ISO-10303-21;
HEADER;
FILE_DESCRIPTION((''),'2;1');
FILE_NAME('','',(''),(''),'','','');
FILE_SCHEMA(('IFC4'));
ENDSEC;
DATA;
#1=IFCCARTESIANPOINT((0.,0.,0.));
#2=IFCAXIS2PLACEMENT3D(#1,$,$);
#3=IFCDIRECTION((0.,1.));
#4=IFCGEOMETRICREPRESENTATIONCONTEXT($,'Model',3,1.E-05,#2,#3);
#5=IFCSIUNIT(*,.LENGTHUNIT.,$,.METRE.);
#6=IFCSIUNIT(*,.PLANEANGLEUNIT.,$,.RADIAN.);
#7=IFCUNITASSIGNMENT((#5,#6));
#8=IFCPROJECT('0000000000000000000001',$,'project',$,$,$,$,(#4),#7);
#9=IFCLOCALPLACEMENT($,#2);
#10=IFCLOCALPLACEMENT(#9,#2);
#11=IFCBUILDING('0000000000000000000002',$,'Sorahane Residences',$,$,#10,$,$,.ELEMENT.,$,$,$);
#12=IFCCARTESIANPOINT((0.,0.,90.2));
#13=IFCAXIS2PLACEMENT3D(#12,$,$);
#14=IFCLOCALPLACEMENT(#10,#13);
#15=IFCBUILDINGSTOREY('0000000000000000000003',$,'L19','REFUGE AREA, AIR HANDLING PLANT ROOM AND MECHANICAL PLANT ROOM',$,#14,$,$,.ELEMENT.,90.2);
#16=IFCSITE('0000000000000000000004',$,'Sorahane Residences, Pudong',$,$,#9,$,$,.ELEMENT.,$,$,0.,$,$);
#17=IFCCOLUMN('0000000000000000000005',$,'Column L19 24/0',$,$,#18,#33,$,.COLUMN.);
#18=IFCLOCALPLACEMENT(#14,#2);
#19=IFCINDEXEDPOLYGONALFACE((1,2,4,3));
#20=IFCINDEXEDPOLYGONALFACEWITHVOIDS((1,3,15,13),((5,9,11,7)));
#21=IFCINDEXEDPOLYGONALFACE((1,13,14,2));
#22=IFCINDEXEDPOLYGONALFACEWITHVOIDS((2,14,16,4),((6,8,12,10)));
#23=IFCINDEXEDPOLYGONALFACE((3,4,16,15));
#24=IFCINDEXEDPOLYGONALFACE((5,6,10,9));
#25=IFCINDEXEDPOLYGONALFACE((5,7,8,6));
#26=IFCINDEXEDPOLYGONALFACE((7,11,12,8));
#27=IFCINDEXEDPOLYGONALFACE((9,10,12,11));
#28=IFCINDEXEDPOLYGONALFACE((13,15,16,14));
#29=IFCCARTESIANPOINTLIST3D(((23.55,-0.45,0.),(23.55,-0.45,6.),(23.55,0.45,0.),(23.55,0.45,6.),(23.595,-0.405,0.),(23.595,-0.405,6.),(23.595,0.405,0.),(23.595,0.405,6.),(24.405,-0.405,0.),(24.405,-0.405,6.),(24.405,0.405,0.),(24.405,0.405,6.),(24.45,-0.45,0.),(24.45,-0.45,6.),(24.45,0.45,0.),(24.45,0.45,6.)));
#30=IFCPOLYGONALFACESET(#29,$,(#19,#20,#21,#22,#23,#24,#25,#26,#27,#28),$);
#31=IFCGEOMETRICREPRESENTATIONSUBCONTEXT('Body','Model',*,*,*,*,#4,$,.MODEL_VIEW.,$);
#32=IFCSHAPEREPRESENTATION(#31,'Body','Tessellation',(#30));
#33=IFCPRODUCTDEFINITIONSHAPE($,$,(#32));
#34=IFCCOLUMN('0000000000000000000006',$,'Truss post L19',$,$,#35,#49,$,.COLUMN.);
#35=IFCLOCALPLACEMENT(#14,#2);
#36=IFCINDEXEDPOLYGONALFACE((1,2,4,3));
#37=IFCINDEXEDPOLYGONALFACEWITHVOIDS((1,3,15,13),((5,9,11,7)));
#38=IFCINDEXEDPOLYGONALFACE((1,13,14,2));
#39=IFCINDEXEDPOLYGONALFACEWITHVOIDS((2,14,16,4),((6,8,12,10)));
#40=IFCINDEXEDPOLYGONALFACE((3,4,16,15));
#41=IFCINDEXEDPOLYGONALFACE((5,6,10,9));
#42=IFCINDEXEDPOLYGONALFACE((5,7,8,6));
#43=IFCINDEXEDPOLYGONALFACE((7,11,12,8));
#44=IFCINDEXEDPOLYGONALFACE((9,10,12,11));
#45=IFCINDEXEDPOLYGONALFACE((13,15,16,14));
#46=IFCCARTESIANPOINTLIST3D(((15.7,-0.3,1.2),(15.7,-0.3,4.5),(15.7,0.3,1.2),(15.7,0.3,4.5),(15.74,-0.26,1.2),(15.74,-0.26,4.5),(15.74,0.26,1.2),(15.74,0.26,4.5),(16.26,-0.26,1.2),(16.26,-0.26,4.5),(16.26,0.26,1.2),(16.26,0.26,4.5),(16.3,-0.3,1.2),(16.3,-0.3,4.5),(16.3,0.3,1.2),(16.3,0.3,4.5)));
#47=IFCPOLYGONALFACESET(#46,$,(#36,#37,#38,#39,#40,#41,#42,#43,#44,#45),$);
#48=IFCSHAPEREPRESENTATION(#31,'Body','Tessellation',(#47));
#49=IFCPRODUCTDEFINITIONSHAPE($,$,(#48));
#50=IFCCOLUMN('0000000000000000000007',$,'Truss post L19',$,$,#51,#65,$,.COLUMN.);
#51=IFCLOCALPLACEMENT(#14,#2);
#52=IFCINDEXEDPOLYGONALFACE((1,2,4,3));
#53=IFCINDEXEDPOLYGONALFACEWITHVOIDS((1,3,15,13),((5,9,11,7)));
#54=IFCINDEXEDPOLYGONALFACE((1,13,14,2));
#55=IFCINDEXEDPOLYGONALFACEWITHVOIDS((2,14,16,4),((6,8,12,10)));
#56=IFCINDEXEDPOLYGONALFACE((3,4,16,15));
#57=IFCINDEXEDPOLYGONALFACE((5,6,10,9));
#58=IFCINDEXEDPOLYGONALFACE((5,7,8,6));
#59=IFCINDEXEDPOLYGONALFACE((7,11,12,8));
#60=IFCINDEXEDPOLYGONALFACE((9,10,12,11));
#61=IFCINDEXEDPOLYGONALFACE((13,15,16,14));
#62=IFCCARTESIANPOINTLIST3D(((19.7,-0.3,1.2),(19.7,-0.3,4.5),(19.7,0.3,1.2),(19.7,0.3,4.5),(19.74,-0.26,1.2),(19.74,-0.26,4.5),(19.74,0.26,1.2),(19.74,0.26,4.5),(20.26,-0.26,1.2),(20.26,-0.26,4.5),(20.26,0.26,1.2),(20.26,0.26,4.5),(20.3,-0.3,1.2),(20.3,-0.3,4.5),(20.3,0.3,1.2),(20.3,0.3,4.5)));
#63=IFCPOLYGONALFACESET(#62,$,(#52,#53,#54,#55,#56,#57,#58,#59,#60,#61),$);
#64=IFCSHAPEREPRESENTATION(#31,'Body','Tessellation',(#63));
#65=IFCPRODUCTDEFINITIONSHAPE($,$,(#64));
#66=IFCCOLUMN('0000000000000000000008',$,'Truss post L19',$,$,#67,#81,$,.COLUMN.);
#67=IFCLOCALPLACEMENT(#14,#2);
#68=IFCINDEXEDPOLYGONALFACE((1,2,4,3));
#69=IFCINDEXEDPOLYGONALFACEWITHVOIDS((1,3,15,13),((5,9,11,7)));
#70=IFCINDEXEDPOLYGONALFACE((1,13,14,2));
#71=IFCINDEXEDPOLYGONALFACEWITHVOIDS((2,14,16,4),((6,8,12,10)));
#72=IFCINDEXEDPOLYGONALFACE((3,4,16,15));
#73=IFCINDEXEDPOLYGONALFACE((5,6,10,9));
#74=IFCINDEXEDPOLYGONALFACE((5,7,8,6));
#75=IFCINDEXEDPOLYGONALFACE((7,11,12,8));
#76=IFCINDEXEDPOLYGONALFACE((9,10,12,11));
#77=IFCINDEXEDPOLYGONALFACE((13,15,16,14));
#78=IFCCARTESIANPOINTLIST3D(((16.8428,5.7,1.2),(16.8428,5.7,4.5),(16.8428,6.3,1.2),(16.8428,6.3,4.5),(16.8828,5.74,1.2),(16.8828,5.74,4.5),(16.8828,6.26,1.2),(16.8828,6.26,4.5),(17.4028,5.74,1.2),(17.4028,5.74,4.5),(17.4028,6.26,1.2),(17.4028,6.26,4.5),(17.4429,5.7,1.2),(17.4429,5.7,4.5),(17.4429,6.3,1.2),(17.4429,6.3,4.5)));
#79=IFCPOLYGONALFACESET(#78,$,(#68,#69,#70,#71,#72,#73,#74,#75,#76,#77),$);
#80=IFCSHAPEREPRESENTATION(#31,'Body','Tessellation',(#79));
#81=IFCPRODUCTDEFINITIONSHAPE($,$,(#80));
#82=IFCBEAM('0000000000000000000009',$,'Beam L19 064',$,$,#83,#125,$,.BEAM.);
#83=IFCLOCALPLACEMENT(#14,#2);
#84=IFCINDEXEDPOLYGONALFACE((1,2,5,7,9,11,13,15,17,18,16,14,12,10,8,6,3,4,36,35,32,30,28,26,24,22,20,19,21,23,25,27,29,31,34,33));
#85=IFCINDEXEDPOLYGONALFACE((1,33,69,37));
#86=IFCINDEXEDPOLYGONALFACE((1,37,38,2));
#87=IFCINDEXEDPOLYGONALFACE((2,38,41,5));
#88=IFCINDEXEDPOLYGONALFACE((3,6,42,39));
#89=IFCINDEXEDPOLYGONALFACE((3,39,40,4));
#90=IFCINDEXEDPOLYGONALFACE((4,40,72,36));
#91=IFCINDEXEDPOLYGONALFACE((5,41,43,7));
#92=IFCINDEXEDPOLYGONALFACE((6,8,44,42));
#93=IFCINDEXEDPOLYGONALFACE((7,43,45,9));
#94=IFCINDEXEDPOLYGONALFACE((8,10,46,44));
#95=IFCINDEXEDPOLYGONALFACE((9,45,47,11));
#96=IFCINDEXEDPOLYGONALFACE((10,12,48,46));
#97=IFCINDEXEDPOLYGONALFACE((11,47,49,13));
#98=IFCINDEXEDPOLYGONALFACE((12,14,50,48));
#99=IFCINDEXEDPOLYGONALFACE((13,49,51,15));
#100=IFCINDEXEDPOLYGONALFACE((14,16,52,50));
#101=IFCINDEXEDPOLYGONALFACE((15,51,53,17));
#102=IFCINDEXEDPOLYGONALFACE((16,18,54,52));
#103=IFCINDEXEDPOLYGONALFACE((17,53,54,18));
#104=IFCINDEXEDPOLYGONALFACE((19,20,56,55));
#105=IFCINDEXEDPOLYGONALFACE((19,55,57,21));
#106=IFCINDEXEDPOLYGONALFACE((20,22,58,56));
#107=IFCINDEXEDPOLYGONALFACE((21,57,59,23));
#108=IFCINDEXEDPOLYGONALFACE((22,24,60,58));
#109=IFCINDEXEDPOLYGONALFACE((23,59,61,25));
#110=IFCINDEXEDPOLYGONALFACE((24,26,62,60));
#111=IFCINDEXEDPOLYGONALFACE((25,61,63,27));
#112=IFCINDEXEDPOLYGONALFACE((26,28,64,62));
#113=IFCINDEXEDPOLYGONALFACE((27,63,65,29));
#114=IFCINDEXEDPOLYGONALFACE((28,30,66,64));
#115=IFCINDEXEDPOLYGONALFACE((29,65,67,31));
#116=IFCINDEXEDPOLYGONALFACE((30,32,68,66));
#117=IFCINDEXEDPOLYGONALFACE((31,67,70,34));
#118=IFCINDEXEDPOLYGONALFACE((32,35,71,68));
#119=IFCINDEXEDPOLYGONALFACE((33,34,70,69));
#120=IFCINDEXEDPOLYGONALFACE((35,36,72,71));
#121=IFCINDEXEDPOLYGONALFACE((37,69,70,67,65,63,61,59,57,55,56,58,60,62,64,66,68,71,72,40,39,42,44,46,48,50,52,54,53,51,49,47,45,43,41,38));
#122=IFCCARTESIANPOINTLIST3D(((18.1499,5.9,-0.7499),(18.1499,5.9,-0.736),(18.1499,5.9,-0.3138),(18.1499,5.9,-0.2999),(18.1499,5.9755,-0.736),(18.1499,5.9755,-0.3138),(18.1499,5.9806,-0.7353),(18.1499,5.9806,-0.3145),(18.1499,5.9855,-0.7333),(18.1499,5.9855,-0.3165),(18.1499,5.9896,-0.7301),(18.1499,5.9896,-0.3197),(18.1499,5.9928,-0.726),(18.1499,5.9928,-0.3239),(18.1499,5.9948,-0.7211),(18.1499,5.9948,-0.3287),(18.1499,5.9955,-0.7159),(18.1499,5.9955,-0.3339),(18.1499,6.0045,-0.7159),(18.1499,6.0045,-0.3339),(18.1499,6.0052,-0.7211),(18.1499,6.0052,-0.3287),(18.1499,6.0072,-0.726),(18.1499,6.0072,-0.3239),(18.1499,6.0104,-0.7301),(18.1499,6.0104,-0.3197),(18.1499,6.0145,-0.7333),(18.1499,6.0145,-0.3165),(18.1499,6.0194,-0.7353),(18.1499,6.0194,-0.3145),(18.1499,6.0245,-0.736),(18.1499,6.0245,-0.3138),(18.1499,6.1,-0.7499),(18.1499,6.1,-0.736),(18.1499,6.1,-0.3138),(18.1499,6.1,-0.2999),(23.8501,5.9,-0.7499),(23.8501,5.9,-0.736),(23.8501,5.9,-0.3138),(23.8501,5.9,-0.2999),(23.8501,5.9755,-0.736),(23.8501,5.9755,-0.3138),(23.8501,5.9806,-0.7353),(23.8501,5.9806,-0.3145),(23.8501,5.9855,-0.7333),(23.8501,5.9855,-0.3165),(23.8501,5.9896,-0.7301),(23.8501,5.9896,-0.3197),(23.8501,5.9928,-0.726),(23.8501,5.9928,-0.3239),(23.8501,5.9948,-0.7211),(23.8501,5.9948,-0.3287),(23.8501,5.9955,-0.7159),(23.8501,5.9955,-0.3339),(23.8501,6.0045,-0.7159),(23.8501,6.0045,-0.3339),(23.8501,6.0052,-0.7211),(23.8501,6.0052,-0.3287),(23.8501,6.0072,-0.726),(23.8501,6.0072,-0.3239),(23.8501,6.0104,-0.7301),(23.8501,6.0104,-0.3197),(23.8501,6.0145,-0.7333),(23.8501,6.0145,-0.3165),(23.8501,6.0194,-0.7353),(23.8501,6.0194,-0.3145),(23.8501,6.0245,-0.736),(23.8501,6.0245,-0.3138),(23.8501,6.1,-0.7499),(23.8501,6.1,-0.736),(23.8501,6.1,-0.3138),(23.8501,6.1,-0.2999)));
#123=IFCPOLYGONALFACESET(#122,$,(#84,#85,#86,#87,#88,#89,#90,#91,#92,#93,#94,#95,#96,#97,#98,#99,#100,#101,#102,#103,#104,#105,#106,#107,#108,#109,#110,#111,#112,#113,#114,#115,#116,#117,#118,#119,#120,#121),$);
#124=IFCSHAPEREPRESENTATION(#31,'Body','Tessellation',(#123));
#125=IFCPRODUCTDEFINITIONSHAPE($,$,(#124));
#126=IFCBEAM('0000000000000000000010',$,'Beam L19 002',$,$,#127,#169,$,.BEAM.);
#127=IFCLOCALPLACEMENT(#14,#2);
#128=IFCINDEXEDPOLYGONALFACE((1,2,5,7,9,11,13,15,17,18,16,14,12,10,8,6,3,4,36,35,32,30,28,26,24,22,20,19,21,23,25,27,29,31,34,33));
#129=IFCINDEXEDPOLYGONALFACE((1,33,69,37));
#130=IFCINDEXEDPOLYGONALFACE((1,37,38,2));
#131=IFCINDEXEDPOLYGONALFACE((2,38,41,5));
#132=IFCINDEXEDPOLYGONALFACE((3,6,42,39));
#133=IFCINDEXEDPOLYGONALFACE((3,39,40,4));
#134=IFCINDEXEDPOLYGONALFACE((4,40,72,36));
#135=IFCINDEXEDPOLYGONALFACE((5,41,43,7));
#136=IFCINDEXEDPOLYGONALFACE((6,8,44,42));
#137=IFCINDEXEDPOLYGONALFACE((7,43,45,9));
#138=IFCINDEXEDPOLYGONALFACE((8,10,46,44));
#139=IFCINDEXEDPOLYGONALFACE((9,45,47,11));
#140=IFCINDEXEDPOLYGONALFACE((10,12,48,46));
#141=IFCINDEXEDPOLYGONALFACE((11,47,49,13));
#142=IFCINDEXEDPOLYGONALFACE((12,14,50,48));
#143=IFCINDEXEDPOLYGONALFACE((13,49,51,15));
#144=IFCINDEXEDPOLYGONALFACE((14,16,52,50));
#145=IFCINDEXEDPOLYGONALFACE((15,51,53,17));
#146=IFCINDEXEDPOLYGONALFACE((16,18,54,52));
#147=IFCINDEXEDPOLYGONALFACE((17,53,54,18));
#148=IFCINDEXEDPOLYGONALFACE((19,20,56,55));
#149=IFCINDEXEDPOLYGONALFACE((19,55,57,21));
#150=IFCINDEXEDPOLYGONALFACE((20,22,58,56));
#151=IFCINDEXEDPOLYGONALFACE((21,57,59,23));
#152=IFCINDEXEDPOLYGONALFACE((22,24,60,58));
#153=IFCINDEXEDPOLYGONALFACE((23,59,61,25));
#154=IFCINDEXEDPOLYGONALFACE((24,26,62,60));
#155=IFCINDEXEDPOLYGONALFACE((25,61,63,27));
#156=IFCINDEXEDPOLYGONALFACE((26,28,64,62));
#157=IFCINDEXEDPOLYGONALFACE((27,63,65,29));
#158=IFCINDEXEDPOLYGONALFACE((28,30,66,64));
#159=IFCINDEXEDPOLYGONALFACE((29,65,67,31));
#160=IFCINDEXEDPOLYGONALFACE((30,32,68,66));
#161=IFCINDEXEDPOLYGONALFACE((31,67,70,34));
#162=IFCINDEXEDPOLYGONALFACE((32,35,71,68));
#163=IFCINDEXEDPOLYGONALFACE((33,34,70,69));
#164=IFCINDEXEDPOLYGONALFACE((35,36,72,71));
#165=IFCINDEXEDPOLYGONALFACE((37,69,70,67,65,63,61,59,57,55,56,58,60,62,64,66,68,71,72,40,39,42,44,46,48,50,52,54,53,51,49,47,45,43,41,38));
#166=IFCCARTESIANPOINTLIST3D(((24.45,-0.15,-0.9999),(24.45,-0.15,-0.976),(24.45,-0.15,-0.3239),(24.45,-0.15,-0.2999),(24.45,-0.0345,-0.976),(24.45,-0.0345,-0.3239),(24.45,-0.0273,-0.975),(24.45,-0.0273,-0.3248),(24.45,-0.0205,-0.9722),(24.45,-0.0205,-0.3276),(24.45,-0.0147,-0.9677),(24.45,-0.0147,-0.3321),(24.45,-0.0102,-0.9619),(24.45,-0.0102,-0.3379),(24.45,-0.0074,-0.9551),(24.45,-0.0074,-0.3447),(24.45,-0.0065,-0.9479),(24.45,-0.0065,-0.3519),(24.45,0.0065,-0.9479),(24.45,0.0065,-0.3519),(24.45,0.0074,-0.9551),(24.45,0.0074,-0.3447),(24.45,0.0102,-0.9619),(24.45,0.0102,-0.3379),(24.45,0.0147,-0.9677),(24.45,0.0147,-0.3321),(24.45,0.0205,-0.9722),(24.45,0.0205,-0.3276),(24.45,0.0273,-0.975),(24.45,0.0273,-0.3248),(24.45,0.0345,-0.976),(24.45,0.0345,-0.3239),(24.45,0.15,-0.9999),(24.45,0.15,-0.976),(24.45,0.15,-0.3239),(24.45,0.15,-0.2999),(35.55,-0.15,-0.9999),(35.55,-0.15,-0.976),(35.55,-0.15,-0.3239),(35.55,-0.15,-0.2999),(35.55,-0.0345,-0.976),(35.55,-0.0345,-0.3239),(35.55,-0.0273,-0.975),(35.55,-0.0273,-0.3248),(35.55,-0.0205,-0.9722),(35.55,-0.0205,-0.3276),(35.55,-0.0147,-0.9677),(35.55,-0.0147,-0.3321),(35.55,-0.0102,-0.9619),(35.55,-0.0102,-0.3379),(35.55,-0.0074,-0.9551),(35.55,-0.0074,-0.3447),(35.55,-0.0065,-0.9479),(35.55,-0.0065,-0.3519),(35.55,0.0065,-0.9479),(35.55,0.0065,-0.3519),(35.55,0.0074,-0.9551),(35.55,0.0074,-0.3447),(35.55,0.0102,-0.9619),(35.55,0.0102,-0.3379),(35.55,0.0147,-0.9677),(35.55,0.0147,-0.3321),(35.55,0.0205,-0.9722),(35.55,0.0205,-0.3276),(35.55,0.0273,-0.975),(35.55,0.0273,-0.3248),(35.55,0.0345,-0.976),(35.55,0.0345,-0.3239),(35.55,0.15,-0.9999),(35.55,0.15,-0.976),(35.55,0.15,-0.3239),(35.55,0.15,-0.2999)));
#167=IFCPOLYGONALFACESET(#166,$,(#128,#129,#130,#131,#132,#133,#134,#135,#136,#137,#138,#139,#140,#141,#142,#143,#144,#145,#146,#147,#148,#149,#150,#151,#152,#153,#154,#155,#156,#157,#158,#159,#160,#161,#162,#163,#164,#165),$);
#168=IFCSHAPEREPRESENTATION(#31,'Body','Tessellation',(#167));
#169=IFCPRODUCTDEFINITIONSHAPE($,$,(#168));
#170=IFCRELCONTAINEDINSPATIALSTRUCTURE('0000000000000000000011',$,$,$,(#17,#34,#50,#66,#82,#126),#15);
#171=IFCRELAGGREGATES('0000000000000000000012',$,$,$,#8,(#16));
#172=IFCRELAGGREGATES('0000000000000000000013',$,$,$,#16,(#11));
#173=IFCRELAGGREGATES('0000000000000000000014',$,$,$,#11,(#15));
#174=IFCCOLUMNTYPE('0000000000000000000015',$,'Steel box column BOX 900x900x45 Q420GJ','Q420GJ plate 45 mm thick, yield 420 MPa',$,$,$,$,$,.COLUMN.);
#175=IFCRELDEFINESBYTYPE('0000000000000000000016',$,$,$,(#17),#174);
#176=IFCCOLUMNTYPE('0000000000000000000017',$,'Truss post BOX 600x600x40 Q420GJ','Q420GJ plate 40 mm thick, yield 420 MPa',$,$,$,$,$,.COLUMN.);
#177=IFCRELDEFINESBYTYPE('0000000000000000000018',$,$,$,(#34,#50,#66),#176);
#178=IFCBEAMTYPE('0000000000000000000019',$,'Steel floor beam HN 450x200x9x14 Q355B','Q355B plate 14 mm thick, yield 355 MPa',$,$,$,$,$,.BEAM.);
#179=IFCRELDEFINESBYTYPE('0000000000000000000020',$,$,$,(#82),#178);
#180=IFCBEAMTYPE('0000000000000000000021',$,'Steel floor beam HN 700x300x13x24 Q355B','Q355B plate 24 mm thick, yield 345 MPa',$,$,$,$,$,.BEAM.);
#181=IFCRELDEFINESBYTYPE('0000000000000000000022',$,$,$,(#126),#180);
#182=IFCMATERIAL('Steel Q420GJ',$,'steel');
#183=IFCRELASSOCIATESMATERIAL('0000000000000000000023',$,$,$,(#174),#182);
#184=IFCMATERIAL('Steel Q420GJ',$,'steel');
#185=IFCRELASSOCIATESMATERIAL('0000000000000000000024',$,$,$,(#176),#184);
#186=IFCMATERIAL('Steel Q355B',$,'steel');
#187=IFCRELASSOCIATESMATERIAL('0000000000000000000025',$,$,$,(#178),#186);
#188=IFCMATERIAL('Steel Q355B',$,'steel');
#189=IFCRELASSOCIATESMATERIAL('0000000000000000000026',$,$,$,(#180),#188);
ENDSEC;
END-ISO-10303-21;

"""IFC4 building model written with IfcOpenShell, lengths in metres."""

from ifc_helpers import new_model, si_unit, direction, frame, origin, origin_2d, place, context, subcontext, project, spatial, hollow_rectangle, i_section, extrude, material, material_profile, profile_set, type_object, element, save


model = new_model("IFC4")

# Units and contexts
model_context = context("Model", 3, precision=1e-05, world=origin(), true_north=direction((0.0, 1.0)))
body_context = subcontext(model_context, "Body", "Model", "MODEL_VIEW")
ifc_project = project(units=[si_unit("LENGTHUNIT", "METRE"), si_unit("PLANEANGLEUNIT", "RADIAN")], contexts=[model_context])

# Site, building, storey
site_placement = place(None, origin())
site = spatial("IfcSite", under=ifc_project, at=site_placement, Name="Sorahane Residences, Pudong", CompositionType="ELEMENT", RefElevation=0.0)
building_placement = place(site_placement, origin())
building = spatial("IfcBuilding", under=site, at=building_placement, Name="Sorahane Residences", CompositionType="ELEMENT")
storey_placement = place(building_placement, frame((0.0, 0.0, 90.2)))
storey = spatial("IfcBuildingStorey", under=building, at=storey_placement, Name="L19", Description="REFUGE AREA, AIR HANDLING PLANT ROOM AND MECHANICAL PLANT ROOM", CompositionType="ELEMENT", Elevation=90.2)

# Columns
ifc_material_1 = material(Name="Steel Q420GJ", Category="steel")
ifc_material_profile_1 = material_profile(ifc_material_1, hollow_rectangle(XDim=0.8999, YDim=0.8999, WallThickness=0.0449, at=origin_2d()), Name="BOX 900x900x45")
ifc_profile_set_1 = profile_set([ifc_material_profile_1], Name="Steel Q420GJ")
column_type_1 = type_object("IfcColumnType", Name="Steel box column BOX 900x900x45 Q420GJ", Description="Q420GJ plate 45 mm thick, yield 420 MPa", PredefinedType="COLUMN", material=ifc_profile_set_1)
column_placement = place(storey_placement, frame((24.0, 0.0, 0.0), z_axis=(0.0, 0.0, 1.0), x_axis=(1.0, 0.0, 0.0)))
element("IfcColumn", 1, at=column_placement, inside=storey, type_object=column_type_1, Name="Column L19 24/0", PredefinedType="COLUMN", context=body_context, shape_type="SweptSolid", body=[
    extrude(hollow_rectangle(XDim=0.8999, YDim=0.8999, WallThickness=0.0449, at=origin_2d()), origin(), (0.0, 0.0, 1.0), 6.0),
])
ifc_material_2 = material(Name="Steel Q420GJ", Category="steel")
ifc_material_profile_2 = material_profile(ifc_material_2, hollow_rectangle(XDim=0.6001, YDim=0.6001, WallThickness=0.04, at=origin_2d()), Name="BOX 600x600x40")
ifc_profile_set_2 = profile_set([ifc_material_profile_2], Name="Steel Q420GJ")
column_type_2 = type_object("IfcColumnType", Name="Truss post BOX 600x600x40 Q420GJ", Description="Q420GJ plate 40 mm thick, yield 420 MPa", PredefinedType="COLUMN", material=ifc_profile_set_2)
for number, where, z_axis, x_axis, name in (
    (2, (16.0, 0.0, 1.2), (0.0, 0.0, 1.0), (1.0, 0.0, 0.0), "Truss post L19"),
    (3, (20.0, 0.0, 1.2), (0.0, 0.0, 1.0), (1.0, 0.0, 0.0), "Truss post L19"),
    (4, (17.1428, 6.0, 1.2), (0.0, 0.0, 1.0), (1.0, 0.0, 0.0), "Truss post L19"),
):
    element("IfcColumn", number, at=place(storey_placement, frame(where, z_axis=z_axis, x_axis=x_axis)), inside=storey, type_object=column_type_2, Name=name, PredefinedType="COLUMN", context=body_context, shape_type="SweptSolid", body=[
        extrude(hollow_rectangle(XDim=0.6001, YDim=0.6001, WallThickness=0.04, at=origin_2d()), origin(), (0.0, 0.0, 1.0), 3.3),
    ])

# Beams
ifc_material_3 = material(Name="Steel Q355B", Category="steel")
ifc_material_profile_3 = material_profile(ifc_material_3, i_section(OverallWidth=0.2, OverallDepth=0.45, WebThickness=0.009, FlangeThickness=0.0139, FilletRadius=0.02, at=origin_2d()), Name="HN 450x200x9x14")
ifc_profile_set_3 = profile_set([ifc_material_profile_3], Name="Steel Q355B")
beam_type_1 = type_object("IfcBeamType", Name="Steel floor beam HN 450x200x9x14 Q355B", Description="Q355B plate 14 mm thick, yield 355 MPa", PredefinedType="BEAM", material=ifc_profile_set_3)
beam_1_placement = place(storey_placement, frame((18.1499, 6.0, -0.5249), z_axis=(1.0, 0.0, 0.0), x_axis=(0.0, 1.0, 0.0)))
element("IfcBeam", 5, at=beam_1_placement, inside=storey, type_object=beam_type_1, Name="Beam L19 064", PredefinedType="BEAM", context=body_context, shape_type="SweptSolid", body=[
    extrude(i_section(OverallWidth=0.2, OverallDepth=0.45, WebThickness=0.009, FlangeThickness=0.0139, FilletRadius=0.02, at=origin_2d()), origin(), (0.0, 0.0, 1.0), 5.7002),
])
ifc_material_4 = material(Name="Steel Q355B", Category="steel")
ifc_material_profile_4 = material_profile(ifc_material_4, i_section(OverallWidth=0.3, OverallDepth=0.7, WebThickness=0.0129, FlangeThickness=0.0239, FilletRadius=0.0281, at=origin_2d()), Name="HN 700x300x13x24")
ifc_profile_set_4 = profile_set([ifc_material_profile_4], Name="Steel Q355B")
beam_type_2 = type_object("IfcBeamType", Name="Steel floor beam HN 700x300x13x24 Q355B", Description="Q355B plate 24 mm thick, yield 345 MPa", PredefinedType="BEAM", material=ifc_profile_set_4)
beam_2_placement = place(storey_placement, frame((24.45, 0.0, -0.6499), z_axis=(1.0, 0.0, 0.0), x_axis=(0.0, 1.0, 0.0)))
element("IfcBeam", 6, at=beam_2_placement, inside=storey, type_object=beam_type_2, Name="Beam L19 002", PredefinedType="BEAM", context=body_context, shape_type="SweptSolid", body=[
    extrude(i_section(OverallWidth=0.3, OverallDepth=0.7, WebThickness=0.0129, FlangeThickness=0.0239, FilletRadius=0.0281, at=origin_2d()), origin(), (0.0, 0.0, 1.0), 11.1001),
])

save(model, "model.ifc")
